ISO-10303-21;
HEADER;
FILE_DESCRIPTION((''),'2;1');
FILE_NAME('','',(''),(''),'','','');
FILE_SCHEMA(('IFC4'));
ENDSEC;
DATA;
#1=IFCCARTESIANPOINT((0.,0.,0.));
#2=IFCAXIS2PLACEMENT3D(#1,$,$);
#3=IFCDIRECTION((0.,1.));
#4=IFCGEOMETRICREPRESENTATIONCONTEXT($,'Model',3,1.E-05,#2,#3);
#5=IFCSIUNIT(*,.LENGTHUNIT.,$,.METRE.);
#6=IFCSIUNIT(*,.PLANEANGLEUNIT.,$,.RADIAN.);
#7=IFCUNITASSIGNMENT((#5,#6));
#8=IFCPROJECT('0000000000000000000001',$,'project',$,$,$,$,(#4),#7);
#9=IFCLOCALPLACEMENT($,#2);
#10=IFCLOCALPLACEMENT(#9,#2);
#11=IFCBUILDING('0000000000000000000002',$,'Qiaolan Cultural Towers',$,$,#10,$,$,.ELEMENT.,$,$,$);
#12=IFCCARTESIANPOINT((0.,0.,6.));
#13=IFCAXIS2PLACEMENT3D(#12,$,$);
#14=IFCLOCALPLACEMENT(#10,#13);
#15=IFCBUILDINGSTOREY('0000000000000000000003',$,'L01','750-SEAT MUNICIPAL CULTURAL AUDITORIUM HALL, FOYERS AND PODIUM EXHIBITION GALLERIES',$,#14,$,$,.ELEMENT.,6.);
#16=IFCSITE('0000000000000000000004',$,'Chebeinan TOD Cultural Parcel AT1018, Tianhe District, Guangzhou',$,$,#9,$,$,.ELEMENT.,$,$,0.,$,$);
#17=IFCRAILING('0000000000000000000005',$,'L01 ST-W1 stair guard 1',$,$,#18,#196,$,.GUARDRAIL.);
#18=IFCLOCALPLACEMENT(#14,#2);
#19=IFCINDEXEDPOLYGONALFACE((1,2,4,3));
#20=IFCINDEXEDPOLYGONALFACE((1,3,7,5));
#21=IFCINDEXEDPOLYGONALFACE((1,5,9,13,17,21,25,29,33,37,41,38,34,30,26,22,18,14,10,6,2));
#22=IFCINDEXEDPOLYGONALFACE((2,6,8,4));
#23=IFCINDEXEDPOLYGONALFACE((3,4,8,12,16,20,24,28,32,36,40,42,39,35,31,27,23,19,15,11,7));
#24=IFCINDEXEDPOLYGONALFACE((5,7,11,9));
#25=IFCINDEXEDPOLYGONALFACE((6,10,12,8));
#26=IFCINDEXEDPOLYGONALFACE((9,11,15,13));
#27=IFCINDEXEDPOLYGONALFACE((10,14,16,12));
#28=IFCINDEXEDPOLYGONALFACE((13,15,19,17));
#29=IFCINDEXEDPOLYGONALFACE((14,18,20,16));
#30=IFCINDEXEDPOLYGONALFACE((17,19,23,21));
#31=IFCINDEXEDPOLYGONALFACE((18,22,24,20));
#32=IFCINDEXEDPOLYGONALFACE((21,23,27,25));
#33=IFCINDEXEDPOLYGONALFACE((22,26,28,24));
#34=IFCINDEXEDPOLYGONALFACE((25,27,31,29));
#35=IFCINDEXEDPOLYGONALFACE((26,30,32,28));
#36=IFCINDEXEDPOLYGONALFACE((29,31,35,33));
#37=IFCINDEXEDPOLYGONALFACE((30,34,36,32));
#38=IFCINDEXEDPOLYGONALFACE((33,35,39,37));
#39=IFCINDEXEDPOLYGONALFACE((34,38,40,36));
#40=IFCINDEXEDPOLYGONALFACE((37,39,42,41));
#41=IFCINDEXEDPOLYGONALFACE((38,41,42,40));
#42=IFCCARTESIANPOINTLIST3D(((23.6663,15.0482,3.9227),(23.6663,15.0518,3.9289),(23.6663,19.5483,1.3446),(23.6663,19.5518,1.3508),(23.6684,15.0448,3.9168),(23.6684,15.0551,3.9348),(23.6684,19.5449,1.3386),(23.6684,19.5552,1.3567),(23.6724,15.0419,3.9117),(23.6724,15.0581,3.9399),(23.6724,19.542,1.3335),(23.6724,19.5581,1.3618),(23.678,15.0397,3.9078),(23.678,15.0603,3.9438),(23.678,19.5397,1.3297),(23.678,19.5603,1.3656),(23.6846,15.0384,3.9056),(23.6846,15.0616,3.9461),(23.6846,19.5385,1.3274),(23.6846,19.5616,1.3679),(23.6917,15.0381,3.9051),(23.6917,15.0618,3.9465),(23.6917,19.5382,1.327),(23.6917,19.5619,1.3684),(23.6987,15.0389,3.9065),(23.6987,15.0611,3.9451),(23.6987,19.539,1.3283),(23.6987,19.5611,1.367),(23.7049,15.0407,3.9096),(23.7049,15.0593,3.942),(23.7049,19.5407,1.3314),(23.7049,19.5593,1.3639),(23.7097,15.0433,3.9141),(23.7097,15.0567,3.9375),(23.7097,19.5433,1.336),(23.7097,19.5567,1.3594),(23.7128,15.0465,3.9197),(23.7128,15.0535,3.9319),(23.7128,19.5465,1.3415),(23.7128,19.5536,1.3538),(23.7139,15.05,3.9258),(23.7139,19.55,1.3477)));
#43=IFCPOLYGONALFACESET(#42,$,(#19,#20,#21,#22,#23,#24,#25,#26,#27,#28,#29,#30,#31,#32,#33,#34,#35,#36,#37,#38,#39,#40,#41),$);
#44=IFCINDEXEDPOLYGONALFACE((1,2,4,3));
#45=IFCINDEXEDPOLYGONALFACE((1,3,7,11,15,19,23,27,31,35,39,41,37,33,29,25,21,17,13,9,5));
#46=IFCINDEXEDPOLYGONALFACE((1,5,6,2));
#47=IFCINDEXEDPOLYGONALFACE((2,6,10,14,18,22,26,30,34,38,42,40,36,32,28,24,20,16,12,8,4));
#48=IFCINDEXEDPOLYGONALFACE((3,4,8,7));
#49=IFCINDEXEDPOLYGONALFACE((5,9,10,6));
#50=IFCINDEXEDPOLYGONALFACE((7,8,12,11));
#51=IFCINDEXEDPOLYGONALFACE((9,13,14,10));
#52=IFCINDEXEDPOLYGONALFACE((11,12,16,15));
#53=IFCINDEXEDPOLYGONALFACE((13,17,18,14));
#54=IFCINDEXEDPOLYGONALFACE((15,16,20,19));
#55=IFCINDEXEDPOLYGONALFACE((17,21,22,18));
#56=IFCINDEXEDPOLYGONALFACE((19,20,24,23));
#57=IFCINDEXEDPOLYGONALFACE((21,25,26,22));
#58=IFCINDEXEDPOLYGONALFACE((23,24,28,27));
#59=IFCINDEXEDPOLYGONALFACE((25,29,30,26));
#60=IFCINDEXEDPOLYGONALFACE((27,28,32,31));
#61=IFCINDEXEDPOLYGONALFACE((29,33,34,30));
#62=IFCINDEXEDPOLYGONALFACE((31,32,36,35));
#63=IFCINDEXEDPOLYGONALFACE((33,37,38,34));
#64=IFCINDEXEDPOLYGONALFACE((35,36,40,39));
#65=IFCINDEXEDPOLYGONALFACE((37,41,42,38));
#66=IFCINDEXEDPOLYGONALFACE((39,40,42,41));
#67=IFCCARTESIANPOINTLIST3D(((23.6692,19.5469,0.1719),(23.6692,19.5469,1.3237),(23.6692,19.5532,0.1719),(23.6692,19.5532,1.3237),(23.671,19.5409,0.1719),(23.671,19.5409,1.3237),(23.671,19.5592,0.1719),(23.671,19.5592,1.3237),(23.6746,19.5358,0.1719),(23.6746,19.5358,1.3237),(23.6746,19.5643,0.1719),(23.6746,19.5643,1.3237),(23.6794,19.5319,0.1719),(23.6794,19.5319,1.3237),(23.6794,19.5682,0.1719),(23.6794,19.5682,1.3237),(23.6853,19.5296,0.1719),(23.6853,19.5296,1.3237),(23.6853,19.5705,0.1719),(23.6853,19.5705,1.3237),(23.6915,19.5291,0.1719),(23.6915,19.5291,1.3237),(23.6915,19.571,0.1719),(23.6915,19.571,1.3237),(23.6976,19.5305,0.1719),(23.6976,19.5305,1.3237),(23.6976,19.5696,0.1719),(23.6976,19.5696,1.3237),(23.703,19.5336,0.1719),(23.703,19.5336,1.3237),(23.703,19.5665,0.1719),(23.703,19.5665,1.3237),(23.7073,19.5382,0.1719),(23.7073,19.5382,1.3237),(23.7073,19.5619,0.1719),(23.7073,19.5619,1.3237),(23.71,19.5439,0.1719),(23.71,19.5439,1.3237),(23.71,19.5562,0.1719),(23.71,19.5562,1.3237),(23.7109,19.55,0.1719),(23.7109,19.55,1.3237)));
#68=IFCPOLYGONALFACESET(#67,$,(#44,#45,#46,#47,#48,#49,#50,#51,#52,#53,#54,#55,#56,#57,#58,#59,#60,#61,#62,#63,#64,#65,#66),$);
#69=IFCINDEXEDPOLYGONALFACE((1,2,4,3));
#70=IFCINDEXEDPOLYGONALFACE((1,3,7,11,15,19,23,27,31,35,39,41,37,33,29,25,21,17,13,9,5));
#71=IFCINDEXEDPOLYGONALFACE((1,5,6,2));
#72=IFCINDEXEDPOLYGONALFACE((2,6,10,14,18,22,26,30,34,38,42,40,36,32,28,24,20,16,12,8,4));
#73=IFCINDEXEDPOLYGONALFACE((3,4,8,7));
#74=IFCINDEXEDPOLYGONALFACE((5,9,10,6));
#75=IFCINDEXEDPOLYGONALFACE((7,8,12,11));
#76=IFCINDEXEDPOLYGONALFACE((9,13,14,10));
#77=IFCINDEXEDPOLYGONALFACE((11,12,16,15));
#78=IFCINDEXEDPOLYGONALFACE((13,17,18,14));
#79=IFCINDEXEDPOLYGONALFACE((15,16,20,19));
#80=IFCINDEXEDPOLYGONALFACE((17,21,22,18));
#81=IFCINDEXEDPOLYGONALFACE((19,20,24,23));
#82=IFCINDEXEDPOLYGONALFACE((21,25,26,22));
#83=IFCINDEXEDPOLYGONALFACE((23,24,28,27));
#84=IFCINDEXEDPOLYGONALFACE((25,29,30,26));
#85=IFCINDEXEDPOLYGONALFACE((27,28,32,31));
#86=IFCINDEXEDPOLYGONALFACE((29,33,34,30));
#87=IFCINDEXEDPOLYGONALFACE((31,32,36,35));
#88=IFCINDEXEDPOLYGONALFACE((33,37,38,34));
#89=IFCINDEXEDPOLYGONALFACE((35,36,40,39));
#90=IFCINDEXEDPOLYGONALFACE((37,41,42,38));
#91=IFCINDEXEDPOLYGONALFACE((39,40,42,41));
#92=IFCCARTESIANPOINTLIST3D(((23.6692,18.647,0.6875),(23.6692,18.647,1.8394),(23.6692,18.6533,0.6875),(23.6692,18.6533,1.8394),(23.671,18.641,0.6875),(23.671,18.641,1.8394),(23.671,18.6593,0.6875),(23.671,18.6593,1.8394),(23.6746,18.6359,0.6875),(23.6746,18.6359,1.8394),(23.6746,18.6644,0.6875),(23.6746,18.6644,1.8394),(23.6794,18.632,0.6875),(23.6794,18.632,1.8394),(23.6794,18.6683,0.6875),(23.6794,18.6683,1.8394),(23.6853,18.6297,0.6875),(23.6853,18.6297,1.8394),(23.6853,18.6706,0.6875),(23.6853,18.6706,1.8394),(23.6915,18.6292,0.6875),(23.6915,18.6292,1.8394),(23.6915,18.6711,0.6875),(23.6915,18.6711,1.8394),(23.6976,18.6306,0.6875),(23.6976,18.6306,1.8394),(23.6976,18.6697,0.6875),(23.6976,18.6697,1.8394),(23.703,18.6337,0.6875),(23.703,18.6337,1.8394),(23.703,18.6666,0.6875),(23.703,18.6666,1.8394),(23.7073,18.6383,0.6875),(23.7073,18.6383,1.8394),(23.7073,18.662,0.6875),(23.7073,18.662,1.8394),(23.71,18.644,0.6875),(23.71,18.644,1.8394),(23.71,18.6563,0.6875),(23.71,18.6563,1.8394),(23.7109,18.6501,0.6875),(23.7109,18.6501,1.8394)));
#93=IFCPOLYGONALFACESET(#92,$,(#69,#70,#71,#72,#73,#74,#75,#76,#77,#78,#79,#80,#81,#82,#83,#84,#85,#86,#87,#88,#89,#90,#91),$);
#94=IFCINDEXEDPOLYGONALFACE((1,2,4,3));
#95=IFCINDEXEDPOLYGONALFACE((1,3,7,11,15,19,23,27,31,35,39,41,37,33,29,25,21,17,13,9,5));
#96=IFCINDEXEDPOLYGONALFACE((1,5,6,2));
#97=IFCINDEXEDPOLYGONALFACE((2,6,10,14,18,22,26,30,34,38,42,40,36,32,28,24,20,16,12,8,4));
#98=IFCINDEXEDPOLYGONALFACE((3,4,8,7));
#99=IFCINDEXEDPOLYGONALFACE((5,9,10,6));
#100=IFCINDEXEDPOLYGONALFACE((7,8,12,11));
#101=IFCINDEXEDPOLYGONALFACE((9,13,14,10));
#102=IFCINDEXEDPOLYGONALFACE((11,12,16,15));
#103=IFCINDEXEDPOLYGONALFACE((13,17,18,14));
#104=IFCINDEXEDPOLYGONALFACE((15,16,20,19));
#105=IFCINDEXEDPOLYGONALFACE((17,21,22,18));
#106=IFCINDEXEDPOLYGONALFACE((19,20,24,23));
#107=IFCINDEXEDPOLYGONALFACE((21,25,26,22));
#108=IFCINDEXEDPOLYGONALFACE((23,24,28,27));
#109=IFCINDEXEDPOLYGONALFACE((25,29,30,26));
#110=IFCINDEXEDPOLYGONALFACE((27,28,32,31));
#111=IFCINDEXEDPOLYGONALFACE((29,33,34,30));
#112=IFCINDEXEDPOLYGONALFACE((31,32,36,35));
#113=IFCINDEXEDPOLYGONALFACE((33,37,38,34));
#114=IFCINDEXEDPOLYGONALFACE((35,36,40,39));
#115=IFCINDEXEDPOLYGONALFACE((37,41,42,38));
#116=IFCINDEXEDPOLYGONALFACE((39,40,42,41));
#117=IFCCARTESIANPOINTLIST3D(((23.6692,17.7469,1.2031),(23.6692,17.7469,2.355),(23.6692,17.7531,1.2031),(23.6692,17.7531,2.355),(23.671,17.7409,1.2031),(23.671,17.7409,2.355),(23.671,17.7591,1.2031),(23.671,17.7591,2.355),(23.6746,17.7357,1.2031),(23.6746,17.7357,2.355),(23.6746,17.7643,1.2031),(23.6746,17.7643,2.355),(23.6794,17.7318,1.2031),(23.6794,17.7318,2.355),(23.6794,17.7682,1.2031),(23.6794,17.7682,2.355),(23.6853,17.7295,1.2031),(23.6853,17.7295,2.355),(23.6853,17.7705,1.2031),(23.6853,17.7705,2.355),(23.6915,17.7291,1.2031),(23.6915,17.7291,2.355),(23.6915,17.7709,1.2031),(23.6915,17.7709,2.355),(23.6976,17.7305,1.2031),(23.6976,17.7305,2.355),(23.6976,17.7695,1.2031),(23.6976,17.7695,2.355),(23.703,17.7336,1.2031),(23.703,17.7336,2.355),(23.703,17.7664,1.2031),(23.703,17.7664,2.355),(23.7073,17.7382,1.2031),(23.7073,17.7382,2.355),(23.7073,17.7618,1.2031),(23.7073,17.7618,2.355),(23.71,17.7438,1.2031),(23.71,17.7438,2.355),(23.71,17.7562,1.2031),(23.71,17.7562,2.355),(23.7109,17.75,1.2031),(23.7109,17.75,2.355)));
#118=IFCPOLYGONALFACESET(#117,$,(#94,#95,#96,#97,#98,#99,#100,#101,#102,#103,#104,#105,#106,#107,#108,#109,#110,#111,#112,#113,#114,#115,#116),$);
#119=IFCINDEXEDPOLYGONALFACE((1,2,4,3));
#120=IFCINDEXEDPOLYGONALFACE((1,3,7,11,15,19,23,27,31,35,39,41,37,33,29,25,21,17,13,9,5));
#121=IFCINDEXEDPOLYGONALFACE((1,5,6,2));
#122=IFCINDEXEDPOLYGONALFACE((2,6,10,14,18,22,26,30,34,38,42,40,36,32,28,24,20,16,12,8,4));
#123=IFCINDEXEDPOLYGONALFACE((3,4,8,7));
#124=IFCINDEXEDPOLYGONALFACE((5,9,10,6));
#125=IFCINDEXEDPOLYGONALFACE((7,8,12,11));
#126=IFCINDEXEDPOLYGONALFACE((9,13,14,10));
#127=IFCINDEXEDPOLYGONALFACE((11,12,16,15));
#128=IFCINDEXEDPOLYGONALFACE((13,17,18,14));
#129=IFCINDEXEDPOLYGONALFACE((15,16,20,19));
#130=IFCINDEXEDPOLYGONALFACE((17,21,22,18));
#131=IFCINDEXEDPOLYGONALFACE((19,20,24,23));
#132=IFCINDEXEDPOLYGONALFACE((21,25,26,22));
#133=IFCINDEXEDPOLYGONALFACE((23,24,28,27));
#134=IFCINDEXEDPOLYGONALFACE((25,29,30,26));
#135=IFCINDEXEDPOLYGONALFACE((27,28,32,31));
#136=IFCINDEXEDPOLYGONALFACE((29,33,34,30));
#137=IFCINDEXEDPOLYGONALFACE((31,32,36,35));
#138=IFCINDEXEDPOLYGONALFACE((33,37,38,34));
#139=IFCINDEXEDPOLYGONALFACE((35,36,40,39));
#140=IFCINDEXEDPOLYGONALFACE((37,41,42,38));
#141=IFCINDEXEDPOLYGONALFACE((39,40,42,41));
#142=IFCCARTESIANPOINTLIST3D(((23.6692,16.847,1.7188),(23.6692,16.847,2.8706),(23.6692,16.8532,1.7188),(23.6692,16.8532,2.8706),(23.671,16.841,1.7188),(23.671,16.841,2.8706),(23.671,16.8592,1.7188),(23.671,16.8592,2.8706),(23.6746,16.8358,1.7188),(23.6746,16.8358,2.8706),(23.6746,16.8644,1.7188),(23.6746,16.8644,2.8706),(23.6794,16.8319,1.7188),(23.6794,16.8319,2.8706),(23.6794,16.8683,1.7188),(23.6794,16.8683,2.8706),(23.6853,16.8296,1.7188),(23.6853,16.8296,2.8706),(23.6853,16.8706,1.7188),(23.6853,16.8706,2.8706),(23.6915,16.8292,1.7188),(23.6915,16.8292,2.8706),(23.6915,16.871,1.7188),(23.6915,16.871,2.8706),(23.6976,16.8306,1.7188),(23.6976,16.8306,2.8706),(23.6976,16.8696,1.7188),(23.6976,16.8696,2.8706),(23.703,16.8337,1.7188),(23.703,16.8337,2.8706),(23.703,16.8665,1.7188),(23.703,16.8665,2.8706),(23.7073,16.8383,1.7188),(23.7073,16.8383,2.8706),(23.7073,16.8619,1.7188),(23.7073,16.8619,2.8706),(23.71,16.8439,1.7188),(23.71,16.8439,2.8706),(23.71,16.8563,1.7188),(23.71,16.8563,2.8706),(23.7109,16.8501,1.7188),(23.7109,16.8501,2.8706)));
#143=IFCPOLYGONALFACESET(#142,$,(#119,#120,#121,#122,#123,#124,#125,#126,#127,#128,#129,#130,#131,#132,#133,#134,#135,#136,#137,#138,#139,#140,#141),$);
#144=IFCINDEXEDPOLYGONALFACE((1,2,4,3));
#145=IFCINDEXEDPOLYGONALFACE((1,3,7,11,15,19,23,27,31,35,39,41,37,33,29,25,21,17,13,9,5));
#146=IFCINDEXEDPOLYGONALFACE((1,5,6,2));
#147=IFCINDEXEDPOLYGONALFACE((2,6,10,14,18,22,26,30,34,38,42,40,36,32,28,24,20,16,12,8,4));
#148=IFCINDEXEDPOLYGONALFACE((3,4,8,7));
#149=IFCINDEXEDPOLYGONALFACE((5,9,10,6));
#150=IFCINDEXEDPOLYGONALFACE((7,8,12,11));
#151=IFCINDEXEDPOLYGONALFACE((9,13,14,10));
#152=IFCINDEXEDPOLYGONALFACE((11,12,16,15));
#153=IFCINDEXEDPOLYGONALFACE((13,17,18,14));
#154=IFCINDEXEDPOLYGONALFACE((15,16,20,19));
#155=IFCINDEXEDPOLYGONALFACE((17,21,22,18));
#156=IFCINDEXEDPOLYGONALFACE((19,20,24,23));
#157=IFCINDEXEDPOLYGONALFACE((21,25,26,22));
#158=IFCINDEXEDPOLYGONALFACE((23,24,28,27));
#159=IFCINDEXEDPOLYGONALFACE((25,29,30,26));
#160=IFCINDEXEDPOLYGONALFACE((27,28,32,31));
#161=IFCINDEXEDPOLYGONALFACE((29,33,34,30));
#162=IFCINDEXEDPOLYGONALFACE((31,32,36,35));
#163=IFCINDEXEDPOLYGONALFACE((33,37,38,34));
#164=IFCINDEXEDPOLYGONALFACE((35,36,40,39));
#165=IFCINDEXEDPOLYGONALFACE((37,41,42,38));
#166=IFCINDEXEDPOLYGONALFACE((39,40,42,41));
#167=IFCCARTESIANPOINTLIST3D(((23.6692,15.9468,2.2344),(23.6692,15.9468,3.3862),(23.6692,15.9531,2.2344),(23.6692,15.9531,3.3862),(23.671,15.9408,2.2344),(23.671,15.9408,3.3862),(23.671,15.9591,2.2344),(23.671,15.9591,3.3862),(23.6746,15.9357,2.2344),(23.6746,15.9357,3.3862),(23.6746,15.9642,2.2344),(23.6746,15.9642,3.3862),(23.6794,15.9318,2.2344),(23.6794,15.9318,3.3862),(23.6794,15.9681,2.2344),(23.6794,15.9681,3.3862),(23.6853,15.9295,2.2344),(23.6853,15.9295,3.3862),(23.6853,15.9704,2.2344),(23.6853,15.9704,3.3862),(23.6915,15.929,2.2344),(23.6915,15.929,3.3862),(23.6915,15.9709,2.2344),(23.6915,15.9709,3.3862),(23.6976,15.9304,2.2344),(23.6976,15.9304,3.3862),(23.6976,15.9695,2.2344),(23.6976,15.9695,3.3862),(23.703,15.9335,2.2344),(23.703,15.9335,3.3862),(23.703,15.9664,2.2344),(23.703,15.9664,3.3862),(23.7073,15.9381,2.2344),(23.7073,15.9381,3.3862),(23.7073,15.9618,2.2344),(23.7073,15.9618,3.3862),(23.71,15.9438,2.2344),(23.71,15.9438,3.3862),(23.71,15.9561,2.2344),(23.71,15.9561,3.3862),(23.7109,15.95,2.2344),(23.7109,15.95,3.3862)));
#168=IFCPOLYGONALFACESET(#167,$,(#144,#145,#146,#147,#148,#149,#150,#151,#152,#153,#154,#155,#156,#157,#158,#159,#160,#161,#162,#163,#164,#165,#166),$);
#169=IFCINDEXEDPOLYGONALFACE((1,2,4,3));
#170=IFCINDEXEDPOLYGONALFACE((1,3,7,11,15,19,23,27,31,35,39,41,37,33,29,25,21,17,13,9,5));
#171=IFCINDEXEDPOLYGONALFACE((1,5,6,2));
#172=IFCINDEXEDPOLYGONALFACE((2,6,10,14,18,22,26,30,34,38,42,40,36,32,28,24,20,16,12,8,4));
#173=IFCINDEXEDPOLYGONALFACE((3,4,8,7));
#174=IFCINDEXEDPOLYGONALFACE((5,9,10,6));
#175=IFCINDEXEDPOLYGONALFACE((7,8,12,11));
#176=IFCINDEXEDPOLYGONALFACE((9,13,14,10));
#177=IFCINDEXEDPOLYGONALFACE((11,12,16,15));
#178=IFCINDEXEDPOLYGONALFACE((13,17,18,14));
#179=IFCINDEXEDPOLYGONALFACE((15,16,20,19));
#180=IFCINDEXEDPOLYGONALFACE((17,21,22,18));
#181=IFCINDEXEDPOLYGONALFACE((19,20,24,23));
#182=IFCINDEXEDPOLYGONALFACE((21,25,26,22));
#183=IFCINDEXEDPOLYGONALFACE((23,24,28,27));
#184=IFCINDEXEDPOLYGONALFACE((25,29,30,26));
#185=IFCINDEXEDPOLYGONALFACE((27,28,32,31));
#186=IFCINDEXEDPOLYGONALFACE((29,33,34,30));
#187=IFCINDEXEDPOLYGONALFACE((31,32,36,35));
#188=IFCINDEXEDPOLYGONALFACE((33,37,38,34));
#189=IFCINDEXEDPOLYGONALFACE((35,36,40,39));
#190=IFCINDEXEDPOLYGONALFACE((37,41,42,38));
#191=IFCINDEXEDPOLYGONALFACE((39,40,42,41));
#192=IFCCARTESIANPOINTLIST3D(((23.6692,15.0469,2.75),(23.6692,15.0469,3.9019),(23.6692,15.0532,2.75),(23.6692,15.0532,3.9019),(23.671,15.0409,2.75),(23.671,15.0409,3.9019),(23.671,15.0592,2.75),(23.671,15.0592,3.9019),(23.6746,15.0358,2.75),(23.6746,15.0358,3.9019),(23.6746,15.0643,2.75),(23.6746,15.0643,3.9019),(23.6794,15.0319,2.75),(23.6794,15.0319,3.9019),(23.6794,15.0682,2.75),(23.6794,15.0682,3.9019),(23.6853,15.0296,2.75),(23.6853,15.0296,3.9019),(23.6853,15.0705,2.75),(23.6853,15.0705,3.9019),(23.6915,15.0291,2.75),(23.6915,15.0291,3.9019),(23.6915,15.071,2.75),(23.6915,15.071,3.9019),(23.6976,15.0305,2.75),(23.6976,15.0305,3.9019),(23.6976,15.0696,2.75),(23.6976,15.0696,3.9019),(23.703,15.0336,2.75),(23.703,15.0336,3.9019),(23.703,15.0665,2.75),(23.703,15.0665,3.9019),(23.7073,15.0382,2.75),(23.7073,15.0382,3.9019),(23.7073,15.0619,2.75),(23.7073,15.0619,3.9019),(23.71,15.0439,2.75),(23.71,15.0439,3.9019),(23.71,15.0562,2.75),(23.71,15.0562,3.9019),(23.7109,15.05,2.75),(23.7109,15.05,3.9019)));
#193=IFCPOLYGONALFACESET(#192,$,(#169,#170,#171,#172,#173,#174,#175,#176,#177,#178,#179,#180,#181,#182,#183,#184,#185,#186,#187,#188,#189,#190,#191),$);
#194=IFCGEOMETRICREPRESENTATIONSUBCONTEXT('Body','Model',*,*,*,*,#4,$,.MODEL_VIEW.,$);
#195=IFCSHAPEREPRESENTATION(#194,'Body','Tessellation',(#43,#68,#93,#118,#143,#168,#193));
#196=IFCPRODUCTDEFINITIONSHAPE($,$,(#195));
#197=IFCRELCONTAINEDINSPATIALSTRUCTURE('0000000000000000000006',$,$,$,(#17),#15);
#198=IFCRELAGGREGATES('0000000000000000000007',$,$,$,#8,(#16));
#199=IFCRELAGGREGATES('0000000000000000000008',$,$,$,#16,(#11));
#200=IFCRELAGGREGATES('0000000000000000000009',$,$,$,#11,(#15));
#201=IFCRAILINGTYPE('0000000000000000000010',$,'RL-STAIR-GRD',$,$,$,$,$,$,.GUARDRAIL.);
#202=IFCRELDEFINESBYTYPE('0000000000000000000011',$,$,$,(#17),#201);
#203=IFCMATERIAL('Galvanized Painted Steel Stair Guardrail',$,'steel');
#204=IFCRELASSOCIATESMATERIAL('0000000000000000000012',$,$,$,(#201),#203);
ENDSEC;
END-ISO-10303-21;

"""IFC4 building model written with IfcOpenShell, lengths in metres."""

from ifc_helpers import new_model, si_unit, direction, frame, origin, origin_2d, place, context, subcontext, project, spatial, circle, extrude, material, type_object, element, save


model = new_model("IFC4")

# Units and contexts
model_context = context("Model", 3, precision=1e-05, world=origin(), true_north=direction((0.0, 1.0)))
body_context = subcontext(model_context, "Body", "Model", "MODEL_VIEW")
ifc_project = project(units=[si_unit("LENGTHUNIT", "METRE"), si_unit("PLANEANGLEUNIT", "RADIAN")], contexts=[model_context])

# Site, building, storey
site_placement = place(None, origin())
site = spatial("IfcSite", under=ifc_project, at=site_placement, Name="Chebeinan TOD Cultural Parcel AT1018, Tianhe District, Guangzhou", CompositionType="ELEMENT", RefElevation=0.0)
building_placement = place(site_placement, origin())
building = spatial("IfcBuilding", under=site, at=building_placement, Name="Qiaolan Cultural Towers", CompositionType="ELEMENT")
storey_placement = place(building_placement, frame((0.0, 0.0, 6.0)))
storey = spatial("IfcBuildingStorey", under=building, at=storey_placement, Name="L01", Description="750-SEAT MUNICIPAL CULTURAL AUDITORIUM HALL, FOYERS AND PODIUM EXHIBITION GALLERIES", CompositionType="ELEMENT", Elevation=6.0)

# Railing
ifc_material_1 = material(Name="Galvanized Painted Steel Stair Guardrail", Category="steel")
railing_type_1 = type_object("IfcRailingType", Name="RL-STAIR-GRD", PredefinedType="GUARDRAIL", material=ifc_material_1)
railing_1_placement = place(storey_placement, frame((23.6899, 19.55, 0.1719)))
element("IfcRailing", 1, at=railing_1_placement, inside=storey, type_object=railing_type_1, Name="L01 ST-W1 stair guard 1", PredefinedType="GUARDRAIL", context=body_context, shape_type="SweptSolid", body=[
    extrude(circle(Radius=0.0239, at=origin_2d()), frame((0.0, 0.0, 1.1758), z_axis=(0.0, -0.867686, 0.497112), x_axis=(1.0, 0.0, 0.0)), (0.0, 0.0, 1.0), 5.1863),
    extrude(circle(Radius=0.021, at=origin_2d()), origin(), (0.0, 0.0, 1.0), 1.1519),
    extrude(circle(Radius=0.021, at=origin_2d()), frame((0.0, -0.8999, 0.5156)), (0.0, 0.0, 1.0), 1.1519),
    extrude(circle(Radius=0.021, at=origin_2d()), frame((0.0, -1.8, 1.0312)), (0.0, 0.0, 1.0), 1.1519),
    extrude(circle(Radius=0.021, at=origin_2d()), frame((0.0, -2.7, 1.5469)), (0.0, 0.0, 1.0), 1.1519),
    extrude(circle(Radius=0.021, at=origin_2d()), frame((0.0, -3.6001, 2.0625)), (0.0, 0.0, 1.0), 1.1519),
    extrude(circle(Radius=0.021, at=origin_2d()), frame((0.0, -4.5, 2.5781)), (0.0, 0.0, 1.0), 1.1519),
])

save(model, "model.ifc")
